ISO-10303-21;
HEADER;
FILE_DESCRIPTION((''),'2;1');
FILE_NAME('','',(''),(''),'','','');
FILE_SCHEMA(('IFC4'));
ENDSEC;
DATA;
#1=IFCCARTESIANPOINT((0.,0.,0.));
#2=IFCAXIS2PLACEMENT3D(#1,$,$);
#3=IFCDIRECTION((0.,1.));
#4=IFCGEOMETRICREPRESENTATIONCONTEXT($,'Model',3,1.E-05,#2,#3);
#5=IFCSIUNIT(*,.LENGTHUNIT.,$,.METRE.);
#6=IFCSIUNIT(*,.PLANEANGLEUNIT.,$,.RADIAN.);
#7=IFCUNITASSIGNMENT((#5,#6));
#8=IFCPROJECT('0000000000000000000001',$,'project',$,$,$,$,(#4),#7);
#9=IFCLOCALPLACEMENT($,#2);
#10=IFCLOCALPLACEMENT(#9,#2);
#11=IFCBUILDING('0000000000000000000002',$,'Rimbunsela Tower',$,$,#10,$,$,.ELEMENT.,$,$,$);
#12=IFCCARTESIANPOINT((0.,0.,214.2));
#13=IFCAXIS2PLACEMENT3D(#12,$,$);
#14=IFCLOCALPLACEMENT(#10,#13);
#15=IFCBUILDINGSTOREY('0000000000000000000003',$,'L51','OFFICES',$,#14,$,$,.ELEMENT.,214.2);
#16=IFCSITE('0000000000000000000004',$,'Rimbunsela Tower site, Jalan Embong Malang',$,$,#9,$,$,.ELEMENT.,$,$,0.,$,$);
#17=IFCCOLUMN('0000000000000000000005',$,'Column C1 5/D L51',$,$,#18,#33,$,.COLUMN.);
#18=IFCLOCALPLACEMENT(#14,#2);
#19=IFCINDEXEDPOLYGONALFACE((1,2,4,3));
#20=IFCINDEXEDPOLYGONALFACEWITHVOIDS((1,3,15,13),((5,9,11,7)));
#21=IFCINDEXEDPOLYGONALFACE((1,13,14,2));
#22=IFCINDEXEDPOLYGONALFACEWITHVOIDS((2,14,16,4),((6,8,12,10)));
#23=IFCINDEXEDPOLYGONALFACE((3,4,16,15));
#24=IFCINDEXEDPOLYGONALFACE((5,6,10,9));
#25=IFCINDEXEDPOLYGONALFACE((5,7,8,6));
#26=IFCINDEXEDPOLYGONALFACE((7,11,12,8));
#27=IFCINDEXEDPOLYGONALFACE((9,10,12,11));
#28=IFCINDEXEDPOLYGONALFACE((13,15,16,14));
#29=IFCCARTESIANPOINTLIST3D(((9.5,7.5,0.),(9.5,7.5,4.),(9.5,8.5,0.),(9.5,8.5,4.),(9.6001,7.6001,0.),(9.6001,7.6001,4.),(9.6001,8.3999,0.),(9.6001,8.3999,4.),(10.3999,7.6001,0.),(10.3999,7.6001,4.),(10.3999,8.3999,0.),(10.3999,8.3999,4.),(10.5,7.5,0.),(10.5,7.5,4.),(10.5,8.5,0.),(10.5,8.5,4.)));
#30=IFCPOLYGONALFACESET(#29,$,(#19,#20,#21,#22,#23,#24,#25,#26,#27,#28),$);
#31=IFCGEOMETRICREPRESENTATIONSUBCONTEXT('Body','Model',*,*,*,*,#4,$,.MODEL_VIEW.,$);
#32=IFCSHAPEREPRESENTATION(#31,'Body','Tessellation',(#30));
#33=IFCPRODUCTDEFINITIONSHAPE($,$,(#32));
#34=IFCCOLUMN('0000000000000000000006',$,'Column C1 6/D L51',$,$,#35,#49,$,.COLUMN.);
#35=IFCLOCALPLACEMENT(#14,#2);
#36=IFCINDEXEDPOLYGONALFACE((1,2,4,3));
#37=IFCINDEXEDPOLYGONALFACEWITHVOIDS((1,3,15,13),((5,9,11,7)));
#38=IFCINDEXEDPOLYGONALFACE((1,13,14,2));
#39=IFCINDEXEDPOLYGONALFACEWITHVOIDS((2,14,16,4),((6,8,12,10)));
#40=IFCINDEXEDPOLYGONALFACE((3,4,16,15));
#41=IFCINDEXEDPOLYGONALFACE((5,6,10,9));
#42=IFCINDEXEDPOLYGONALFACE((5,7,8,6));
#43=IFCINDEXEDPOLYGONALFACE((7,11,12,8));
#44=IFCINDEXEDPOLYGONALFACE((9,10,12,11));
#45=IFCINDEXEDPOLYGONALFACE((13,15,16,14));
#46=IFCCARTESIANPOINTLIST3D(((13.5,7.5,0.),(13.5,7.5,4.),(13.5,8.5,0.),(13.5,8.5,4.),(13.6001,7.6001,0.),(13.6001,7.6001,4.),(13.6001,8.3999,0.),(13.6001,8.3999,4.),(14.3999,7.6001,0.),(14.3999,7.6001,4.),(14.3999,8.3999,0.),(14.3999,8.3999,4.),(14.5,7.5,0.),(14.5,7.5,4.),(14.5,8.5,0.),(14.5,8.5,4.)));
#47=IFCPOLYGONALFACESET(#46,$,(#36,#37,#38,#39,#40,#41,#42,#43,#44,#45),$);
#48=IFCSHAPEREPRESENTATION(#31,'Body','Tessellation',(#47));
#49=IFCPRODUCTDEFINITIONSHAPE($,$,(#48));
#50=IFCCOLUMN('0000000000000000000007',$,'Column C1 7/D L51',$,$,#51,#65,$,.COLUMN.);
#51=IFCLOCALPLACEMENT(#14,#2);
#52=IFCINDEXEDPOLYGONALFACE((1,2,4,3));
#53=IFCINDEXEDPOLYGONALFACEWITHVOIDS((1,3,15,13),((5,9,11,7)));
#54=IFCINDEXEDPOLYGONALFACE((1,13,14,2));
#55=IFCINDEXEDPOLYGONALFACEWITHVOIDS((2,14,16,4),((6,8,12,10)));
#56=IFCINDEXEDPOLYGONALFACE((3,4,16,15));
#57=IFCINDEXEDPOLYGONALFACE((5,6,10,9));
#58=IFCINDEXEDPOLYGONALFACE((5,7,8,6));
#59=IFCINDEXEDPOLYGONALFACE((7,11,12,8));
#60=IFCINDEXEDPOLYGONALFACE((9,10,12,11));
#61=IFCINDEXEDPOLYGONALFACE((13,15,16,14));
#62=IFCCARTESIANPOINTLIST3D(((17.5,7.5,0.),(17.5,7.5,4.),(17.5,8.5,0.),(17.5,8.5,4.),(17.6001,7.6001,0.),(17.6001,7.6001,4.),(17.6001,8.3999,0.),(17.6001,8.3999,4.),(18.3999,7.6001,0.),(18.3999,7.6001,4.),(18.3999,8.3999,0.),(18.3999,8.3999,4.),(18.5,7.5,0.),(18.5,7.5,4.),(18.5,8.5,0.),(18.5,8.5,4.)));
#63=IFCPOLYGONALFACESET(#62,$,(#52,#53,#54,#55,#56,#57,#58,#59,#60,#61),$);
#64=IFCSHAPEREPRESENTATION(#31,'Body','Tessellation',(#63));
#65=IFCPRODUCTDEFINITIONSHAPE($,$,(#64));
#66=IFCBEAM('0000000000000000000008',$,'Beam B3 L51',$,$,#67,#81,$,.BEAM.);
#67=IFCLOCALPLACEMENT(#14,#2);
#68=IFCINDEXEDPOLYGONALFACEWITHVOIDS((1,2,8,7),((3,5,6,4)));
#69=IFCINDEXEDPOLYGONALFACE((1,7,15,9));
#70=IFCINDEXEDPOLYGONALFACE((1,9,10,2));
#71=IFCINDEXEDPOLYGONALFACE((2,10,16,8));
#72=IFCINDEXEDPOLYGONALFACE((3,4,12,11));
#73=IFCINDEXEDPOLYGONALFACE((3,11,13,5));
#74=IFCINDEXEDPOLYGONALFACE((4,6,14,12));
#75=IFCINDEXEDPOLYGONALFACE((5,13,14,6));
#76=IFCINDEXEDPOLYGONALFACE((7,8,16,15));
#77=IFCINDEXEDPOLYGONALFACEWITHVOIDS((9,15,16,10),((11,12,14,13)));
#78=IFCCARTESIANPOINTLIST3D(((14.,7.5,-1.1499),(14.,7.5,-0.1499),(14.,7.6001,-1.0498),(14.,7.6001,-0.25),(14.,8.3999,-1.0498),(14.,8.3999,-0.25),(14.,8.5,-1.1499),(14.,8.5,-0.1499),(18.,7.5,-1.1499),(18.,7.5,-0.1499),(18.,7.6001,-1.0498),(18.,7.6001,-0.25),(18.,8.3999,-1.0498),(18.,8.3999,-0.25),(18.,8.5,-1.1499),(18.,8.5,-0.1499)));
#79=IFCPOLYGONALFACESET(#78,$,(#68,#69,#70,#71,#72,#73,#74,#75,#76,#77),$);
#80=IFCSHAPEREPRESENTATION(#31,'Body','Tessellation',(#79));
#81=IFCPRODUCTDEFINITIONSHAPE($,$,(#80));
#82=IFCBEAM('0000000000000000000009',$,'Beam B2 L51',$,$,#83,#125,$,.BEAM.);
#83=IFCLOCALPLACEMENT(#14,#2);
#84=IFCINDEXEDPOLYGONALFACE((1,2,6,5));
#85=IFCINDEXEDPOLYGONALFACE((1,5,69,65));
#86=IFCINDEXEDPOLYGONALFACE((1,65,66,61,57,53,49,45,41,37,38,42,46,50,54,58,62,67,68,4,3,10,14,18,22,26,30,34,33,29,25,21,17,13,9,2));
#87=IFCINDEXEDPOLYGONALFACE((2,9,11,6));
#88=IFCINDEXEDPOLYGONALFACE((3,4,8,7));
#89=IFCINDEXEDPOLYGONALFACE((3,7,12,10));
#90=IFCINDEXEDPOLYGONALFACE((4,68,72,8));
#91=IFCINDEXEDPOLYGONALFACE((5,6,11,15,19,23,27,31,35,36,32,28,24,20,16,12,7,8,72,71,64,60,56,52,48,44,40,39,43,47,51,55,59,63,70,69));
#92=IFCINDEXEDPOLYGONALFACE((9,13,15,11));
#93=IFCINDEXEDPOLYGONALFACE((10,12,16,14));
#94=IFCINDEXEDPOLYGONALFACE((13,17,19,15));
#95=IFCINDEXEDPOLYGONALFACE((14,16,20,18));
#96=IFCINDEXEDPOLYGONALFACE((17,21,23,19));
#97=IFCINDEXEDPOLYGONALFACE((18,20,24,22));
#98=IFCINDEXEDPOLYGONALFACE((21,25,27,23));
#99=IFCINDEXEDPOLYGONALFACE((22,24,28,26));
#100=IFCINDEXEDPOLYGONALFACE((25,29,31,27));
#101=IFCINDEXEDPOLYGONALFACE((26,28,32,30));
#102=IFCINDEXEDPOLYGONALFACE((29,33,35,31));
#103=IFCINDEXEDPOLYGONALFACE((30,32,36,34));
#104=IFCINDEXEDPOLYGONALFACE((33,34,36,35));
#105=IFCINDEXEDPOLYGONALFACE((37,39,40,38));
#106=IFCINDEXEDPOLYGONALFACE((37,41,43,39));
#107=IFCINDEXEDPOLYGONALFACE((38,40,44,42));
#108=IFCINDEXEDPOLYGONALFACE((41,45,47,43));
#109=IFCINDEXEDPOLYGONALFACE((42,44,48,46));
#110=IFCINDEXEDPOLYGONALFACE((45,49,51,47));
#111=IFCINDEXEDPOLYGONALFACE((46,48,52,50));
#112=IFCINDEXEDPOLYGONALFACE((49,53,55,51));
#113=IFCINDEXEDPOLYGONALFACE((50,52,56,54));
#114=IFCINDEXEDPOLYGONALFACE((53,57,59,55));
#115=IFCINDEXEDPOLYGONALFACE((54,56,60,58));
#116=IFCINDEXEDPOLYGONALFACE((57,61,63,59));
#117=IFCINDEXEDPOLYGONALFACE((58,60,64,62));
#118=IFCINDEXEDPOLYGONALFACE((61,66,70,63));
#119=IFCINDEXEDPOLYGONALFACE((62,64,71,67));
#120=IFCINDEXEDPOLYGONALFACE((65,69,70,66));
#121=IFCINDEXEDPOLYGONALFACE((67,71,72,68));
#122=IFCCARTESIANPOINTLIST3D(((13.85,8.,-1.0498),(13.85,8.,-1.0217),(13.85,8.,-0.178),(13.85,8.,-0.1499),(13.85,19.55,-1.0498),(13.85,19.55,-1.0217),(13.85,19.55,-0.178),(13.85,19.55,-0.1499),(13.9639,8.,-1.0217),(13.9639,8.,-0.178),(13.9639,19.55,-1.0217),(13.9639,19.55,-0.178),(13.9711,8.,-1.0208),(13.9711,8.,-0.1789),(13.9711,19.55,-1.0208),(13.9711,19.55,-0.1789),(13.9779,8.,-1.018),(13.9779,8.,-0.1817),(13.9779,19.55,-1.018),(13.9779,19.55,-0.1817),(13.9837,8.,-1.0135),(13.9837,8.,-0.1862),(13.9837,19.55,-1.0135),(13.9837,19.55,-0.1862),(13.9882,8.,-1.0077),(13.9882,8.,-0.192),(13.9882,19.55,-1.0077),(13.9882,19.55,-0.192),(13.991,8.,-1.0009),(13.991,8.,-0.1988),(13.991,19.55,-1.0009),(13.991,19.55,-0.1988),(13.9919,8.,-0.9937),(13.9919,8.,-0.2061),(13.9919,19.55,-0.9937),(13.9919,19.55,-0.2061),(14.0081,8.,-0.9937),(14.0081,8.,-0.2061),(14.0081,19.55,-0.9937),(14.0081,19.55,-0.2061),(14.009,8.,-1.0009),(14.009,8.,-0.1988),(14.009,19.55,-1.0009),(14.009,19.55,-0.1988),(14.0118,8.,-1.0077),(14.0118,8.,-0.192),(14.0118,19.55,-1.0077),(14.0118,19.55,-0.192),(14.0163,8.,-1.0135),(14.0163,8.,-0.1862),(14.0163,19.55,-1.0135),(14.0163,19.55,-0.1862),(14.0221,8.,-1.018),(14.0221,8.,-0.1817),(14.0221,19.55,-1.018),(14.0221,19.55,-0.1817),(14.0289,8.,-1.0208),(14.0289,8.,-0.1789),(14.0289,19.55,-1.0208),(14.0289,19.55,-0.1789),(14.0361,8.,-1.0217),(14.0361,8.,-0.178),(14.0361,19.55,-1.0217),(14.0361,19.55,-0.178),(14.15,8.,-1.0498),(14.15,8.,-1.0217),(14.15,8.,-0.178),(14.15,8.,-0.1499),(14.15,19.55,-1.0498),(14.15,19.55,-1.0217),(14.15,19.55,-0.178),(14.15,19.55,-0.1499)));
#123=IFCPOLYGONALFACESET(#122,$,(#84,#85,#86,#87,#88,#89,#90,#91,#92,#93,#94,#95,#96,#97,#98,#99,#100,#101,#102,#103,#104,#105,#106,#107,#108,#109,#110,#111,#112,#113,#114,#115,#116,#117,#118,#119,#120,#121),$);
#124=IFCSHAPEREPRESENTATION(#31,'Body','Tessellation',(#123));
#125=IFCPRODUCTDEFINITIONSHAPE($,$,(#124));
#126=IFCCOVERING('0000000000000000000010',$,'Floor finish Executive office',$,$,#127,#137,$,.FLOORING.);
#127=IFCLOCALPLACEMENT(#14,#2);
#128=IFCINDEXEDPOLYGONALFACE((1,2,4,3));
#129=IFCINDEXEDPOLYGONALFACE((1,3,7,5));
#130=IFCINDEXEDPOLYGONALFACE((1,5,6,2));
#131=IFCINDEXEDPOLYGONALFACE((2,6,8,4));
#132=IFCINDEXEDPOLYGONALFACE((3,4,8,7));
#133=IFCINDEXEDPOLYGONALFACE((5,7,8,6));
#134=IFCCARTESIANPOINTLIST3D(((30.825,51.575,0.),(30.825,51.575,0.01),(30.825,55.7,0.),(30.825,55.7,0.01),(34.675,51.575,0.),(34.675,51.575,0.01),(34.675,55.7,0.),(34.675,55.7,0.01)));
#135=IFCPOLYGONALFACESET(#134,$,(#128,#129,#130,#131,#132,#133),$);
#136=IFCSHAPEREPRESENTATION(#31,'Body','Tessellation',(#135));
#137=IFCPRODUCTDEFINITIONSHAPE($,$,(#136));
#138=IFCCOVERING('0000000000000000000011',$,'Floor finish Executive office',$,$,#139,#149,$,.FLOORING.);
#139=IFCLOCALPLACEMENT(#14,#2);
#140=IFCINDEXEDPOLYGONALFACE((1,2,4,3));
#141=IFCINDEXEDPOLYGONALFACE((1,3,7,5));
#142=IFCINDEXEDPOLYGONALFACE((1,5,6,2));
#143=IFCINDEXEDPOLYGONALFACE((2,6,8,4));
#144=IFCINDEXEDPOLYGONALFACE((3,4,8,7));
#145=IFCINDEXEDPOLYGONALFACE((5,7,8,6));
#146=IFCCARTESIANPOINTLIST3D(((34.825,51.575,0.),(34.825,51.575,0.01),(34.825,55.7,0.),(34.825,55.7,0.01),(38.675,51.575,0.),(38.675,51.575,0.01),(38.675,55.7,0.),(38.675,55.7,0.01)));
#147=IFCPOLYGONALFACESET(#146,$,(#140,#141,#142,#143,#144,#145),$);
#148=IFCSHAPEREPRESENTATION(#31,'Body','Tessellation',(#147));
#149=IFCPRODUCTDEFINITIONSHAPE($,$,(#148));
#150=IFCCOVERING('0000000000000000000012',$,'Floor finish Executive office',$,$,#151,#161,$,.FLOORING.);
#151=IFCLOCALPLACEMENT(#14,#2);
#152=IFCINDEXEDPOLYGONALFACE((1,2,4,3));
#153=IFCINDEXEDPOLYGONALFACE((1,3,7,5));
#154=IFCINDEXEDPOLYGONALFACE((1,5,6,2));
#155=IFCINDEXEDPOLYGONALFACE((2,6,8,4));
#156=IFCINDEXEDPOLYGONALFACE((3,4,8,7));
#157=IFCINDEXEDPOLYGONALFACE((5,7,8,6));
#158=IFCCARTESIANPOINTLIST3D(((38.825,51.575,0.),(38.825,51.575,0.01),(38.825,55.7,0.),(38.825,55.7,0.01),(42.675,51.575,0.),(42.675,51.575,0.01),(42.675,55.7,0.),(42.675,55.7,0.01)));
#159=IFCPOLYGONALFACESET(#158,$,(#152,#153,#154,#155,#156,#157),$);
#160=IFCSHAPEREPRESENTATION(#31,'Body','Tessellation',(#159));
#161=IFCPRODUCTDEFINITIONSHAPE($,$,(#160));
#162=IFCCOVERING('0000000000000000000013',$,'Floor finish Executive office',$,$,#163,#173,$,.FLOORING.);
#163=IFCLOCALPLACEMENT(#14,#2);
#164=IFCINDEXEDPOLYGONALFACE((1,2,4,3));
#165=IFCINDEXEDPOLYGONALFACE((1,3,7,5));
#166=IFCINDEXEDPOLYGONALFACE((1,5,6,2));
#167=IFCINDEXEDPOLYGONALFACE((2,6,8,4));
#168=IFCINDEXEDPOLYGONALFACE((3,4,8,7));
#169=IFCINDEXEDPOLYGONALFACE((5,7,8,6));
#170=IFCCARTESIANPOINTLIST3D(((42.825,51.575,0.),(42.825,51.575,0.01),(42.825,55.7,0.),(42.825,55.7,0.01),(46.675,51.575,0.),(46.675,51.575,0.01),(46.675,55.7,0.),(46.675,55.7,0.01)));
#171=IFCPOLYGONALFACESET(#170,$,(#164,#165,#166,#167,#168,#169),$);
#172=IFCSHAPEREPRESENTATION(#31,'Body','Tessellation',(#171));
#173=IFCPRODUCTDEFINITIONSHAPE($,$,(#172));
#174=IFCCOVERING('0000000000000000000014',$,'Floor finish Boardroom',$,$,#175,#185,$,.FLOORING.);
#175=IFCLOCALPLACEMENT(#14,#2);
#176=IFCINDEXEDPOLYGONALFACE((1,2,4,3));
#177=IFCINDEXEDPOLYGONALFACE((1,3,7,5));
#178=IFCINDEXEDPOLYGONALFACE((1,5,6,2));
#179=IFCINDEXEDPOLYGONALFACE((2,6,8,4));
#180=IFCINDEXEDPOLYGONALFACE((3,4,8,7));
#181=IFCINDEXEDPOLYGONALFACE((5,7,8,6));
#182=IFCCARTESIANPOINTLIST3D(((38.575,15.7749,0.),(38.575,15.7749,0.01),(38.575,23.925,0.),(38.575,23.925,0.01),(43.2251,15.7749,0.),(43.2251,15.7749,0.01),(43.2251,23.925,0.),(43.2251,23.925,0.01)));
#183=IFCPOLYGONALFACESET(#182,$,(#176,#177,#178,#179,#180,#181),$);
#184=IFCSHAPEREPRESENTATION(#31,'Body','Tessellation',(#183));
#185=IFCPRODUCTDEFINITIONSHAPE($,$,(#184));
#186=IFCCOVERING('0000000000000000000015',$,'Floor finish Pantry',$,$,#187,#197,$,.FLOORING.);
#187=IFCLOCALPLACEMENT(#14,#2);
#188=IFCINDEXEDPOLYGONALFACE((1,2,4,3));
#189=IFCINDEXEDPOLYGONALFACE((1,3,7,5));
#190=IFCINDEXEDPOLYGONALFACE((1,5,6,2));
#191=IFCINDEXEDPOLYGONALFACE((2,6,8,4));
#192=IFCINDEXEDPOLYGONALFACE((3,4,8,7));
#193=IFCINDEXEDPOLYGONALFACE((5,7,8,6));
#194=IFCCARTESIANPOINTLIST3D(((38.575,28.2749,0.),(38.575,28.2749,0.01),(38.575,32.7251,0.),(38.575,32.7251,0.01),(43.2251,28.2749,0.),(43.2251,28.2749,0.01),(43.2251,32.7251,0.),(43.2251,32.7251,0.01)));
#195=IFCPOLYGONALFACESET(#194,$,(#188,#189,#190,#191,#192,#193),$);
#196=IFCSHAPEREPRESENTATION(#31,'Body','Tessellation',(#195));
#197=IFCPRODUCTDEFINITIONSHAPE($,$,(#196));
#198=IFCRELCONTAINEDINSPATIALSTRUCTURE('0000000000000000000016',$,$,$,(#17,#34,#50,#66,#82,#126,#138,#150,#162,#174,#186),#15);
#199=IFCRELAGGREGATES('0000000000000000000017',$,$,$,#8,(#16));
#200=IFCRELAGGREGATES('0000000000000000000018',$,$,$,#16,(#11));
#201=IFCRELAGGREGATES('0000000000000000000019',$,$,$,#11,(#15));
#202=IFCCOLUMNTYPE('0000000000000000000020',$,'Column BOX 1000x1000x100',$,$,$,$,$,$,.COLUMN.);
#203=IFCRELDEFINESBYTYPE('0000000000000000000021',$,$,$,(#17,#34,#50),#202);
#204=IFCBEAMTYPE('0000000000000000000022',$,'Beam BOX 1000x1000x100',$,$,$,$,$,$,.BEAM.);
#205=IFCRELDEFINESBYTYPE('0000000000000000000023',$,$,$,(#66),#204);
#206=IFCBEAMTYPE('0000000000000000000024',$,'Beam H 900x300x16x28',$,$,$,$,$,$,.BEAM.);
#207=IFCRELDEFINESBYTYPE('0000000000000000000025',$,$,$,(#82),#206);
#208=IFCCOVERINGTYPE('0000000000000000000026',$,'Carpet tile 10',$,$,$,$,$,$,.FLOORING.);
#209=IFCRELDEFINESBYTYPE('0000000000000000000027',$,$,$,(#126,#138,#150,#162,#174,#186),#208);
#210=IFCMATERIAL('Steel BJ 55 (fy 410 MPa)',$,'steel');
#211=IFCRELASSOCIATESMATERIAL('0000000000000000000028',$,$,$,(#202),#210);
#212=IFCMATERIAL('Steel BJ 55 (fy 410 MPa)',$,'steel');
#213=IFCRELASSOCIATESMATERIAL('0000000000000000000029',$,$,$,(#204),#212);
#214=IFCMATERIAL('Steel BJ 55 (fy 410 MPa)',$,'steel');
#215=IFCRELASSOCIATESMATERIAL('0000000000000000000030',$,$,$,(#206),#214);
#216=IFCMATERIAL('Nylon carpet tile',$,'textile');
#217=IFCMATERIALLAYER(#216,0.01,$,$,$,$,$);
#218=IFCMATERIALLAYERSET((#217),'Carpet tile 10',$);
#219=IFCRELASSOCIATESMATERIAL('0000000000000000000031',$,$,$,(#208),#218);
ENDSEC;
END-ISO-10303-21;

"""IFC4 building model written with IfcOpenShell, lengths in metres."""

from ifc_helpers import new_model, si_unit, direction, frame, origin, origin_2d, place, context, subcontext, project, spatial, polyline, hollow_rectangle, i_section, outline, extrude, material, layer, layer_set, material_profile, profile_set, type_object, element, save


model = new_model("IFC4")

# Units and contexts
model_context = context("Model", 3, precision=1e-05, world=origin(), true_north=direction((0.0, 1.0)))
body_context = subcontext(model_context, "Body", "Model", "MODEL_VIEW")
ifc_project = project(units=[si_unit("LENGTHUNIT", "METRE"), si_unit("PLANEANGLEUNIT", "RADIAN")], contexts=[model_context])

# Site, building, storey
site_placement = place(None, origin())
site = spatial("IfcSite", under=ifc_project, at=site_placement, Name="Rimbunsela Tower site, Jalan Embong Malang", CompositionType="ELEMENT", RefElevation=0.0)
building_placement = place(site_placement, origin())
building = spatial("IfcBuilding", under=site, at=building_placement, Name="Rimbunsela Tower", CompositionType="ELEMENT")
storey_placement = place(building_placement, frame((0.0, 0.0, 214.2)))
storey = spatial("IfcBuildingStorey", under=building, at=storey_placement, Name="L51", Description="OFFICES", CompositionType="ELEMENT", Elevation=214.2)

# Columns
ifc_material_1 = material(Name="Steel BJ 55 (fy 410 MPa)", Category="steel")
ifc_material_profile_1 = material_profile(ifc_material_1, hollow_rectangle(XDim=1.0, YDim=1.0, WallThickness=0.1001, at=origin_2d()), Name="BOX 1000x1000x100")
ifc_profile_set_1 = profile_set([ifc_material_profile_1], Name="Steel BJ 55 (fy 410 MPa)")
column_type = type_object("IfcColumnType", Name="Column BOX 1000x1000x100", PredefinedType="COLUMN", material=ifc_profile_set_1)
for number, where, z_axis, x_axis, name in (
    (1, (10.0, 8.0, 0.0), (0.0, 0.0, 1.0), (1.0, 0.0, 0.0), "Column C1 5/D L51"),
    (2, (14.0, 8.0, 0.0), (0.0, 0.0, 1.0), (1.0, 0.0, 0.0), "Column C1 6/D L51"),
    (3, (18.0, 8.0, 0.0), (0.0, 0.0, 1.0), (1.0, 0.0, 0.0), "Column C1 7/D L51"),
):
    element("IfcColumn", number, at=place(storey_placement, frame(where, z_axis=z_axis, x_axis=x_axis)), inside=storey, type_object=column_type, Name=name, PredefinedType="COLUMN", context=body_context, shape_type="SweptSolid", body=[
        extrude(hollow_rectangle(XDim=1.0, YDim=1.0, WallThickness=0.1001, at=origin_2d()), origin(), (0.0, 0.0, 1.0), 4.0),
    ])

# Beams
ifc_material_2 = material(Name="Steel BJ 55 (fy 410 MPa)", Category="steel")
ifc_material_profile_2 = material_profile(ifc_material_2, hollow_rectangle(XDim=1.0, YDim=1.0, WallThickness=0.1001, at=origin_2d()), Name="BOX 1000x1000x100")
ifc_profile_set_2 = profile_set([ifc_material_profile_2], Name="Steel BJ 55 (fy 410 MPa)")
beam_type_1 = type_object("IfcBeamType", Name="Beam BOX 1000x1000x100", PredefinedType="BEAM", material=ifc_profile_set_2)
beam_1_placement = place(storey_placement, frame((14.0, 8.0, -0.6499), z_axis=(1.0, 0.0, 0.0), x_axis=(0.0, 1.0, 0.0)))
element("IfcBeam", 4, at=beam_1_placement, inside=storey, type_object=beam_type_1, Name="Beam B3 L51", PredefinedType="BEAM", context=body_context, shape_type="SweptSolid", body=[
    extrude(hollow_rectangle(XDim=1.0, YDim=1.0, WallThickness=0.1001, at=origin_2d()), origin(), (0.0, 0.0, 1.0), 4.0),
])
ifc_material_3 = material(Name="Steel BJ 55 (fy 410 MPa)", Category="steel")
ifc_material_profile_3 = material_profile(ifc_material_3, i_section(OverallWidth=0.3, OverallDepth=0.8999, WebThickness=0.0161, FlangeThickness=0.0281, FilletRadius=0.0281, at=origin_2d()), Name="H 900x300x16x28")
ifc_profile_set_3 = profile_set([ifc_material_profile_3], Name="Steel BJ 55 (fy 410 MPa)")
beam_type_2 = type_object("IfcBeamType", Name="Beam H 900x300x16x28", PredefinedType="BEAM", material=ifc_profile_set_3)
beam_2_placement = place(storey_placement, frame((14.0, 8.0, -0.5999), z_axis=(0.0, 1.0, 0.0), x_axis=(-1.0, 0.0, 0.0)))
element("IfcBeam", 5, at=beam_2_placement, inside=storey, type_object=beam_type_2, Name="Beam B2 L51", PredefinedType="BEAM", context=body_context, shape_type="SweptSolid", body=[
    extrude(i_section(OverallWidth=0.3, OverallDepth=0.8999, WebThickness=0.0161, FlangeThickness=0.0281, FilletRadius=0.0281, at=origin_2d()), origin(), (0.0, 0.0, 1.0), 11.55),
])

# Coverings
ifc_material_4 = material(Name="Nylon carpet tile", Category="textile")
ifc_layer_1 = layer(ifc_material_4, 0.01)
ifc_layer_set_1 = layer_set([ifc_layer_1], Name="Carpet tile 10")
covering_type_1 = type_object("IfcCoveringType", Name="Carpet tile 10", PredefinedType="FLOORING", material=ifc_layer_set_1)
covering_1_placement = place(storey_placement, origin())
element("IfcCovering", 6, at=covering_1_placement, inside=storey, type_object=covering_type_1, Name="Floor finish Executive office", PredefinedType="FLOORING", context=body_context, shape_type="SweptSolid", body=[
    extrude(outline(polyline([(34.675, 51.575), (34.675, 55.7), (30.825, 55.7), (30.825, 51.575), (34.675, 51.575)])), origin(), (0.0, 0.0, 1.0), 0.01),
])
covering_2_placement = place(storey_placement, origin())
element("IfcCovering", 7, at=covering_2_placement, inside=storey, type_object=covering_type_1, Name="Floor finish Executive office", PredefinedType="FLOORING", context=body_context, shape_type="SweptSolid", body=[
    extrude(outline(polyline([(38.675, 51.575), (38.675, 55.7), (34.825, 55.7), (34.825, 51.575), (38.675, 51.575)])), origin(), (0.0, 0.0, 1.0), 0.01),
])
covering_3_placement = place(storey_placement, origin())
element("IfcCovering", 8, at=covering_3_placement, inside=storey, type_object=covering_type_1, Name="Floor finish Executive office", PredefinedType="FLOORING", context=body_context, shape_type="SweptSolid", body=[
    extrude(outline(polyline([(42.675, 51.575), (42.675, 55.7), (38.825, 55.7), (38.825, 51.575), (42.675, 51.575)])), origin(), (0.0, 0.0, 1.0), 0.01),
])
covering_4_placement = place(storey_placement, origin())
element("IfcCovering", 9, at=covering_4_placement, inside=storey, type_object=covering_type_1, Name="Floor finish Executive office", PredefinedType="FLOORING", context=body_context, shape_type="SweptSolid", body=[
    extrude(outline(polyline([(46.675, 51.575), (46.675, 55.7), (42.825, 55.7), (42.825, 51.575), (46.675, 51.575)])), origin(), (0.0, 0.0, 1.0), 0.01),
])
covering_5_placement = place(storey_placement, origin())
element("IfcCovering", 10, at=covering_5_placement, inside=storey, type_object=covering_type_1, Name="Floor finish Boardroom", PredefinedType="FLOORING", context=body_context, shape_type="SweptSolid", body=[
    extrude(outline(polyline([(43.2251, 15.7749), (43.2251, 23.925), (38.575, 23.925), (38.575, 15.7749), (43.2251, 15.7749)])), origin(), (0.0, 0.0, 1.0), 0.01),
])
covering_6_placement = place(storey_placement, origin())
element("IfcCovering", 11, at=covering_6_placement, inside=storey, type_object=covering_type_1, Name="Floor finish Pantry", PredefinedType="FLOORING", context=body_context, shape_type="SweptSolid", body=[
    extrude(outline(polyline([(43.2251, 28.2749), (43.2251, 32.7251), (38.575, 32.7251), (38.575, 28.2749), (43.2251, 28.2749)])), origin(), (0.0, 0.0, 1.0), 0.01),
])

save(model, "model.ifc")
